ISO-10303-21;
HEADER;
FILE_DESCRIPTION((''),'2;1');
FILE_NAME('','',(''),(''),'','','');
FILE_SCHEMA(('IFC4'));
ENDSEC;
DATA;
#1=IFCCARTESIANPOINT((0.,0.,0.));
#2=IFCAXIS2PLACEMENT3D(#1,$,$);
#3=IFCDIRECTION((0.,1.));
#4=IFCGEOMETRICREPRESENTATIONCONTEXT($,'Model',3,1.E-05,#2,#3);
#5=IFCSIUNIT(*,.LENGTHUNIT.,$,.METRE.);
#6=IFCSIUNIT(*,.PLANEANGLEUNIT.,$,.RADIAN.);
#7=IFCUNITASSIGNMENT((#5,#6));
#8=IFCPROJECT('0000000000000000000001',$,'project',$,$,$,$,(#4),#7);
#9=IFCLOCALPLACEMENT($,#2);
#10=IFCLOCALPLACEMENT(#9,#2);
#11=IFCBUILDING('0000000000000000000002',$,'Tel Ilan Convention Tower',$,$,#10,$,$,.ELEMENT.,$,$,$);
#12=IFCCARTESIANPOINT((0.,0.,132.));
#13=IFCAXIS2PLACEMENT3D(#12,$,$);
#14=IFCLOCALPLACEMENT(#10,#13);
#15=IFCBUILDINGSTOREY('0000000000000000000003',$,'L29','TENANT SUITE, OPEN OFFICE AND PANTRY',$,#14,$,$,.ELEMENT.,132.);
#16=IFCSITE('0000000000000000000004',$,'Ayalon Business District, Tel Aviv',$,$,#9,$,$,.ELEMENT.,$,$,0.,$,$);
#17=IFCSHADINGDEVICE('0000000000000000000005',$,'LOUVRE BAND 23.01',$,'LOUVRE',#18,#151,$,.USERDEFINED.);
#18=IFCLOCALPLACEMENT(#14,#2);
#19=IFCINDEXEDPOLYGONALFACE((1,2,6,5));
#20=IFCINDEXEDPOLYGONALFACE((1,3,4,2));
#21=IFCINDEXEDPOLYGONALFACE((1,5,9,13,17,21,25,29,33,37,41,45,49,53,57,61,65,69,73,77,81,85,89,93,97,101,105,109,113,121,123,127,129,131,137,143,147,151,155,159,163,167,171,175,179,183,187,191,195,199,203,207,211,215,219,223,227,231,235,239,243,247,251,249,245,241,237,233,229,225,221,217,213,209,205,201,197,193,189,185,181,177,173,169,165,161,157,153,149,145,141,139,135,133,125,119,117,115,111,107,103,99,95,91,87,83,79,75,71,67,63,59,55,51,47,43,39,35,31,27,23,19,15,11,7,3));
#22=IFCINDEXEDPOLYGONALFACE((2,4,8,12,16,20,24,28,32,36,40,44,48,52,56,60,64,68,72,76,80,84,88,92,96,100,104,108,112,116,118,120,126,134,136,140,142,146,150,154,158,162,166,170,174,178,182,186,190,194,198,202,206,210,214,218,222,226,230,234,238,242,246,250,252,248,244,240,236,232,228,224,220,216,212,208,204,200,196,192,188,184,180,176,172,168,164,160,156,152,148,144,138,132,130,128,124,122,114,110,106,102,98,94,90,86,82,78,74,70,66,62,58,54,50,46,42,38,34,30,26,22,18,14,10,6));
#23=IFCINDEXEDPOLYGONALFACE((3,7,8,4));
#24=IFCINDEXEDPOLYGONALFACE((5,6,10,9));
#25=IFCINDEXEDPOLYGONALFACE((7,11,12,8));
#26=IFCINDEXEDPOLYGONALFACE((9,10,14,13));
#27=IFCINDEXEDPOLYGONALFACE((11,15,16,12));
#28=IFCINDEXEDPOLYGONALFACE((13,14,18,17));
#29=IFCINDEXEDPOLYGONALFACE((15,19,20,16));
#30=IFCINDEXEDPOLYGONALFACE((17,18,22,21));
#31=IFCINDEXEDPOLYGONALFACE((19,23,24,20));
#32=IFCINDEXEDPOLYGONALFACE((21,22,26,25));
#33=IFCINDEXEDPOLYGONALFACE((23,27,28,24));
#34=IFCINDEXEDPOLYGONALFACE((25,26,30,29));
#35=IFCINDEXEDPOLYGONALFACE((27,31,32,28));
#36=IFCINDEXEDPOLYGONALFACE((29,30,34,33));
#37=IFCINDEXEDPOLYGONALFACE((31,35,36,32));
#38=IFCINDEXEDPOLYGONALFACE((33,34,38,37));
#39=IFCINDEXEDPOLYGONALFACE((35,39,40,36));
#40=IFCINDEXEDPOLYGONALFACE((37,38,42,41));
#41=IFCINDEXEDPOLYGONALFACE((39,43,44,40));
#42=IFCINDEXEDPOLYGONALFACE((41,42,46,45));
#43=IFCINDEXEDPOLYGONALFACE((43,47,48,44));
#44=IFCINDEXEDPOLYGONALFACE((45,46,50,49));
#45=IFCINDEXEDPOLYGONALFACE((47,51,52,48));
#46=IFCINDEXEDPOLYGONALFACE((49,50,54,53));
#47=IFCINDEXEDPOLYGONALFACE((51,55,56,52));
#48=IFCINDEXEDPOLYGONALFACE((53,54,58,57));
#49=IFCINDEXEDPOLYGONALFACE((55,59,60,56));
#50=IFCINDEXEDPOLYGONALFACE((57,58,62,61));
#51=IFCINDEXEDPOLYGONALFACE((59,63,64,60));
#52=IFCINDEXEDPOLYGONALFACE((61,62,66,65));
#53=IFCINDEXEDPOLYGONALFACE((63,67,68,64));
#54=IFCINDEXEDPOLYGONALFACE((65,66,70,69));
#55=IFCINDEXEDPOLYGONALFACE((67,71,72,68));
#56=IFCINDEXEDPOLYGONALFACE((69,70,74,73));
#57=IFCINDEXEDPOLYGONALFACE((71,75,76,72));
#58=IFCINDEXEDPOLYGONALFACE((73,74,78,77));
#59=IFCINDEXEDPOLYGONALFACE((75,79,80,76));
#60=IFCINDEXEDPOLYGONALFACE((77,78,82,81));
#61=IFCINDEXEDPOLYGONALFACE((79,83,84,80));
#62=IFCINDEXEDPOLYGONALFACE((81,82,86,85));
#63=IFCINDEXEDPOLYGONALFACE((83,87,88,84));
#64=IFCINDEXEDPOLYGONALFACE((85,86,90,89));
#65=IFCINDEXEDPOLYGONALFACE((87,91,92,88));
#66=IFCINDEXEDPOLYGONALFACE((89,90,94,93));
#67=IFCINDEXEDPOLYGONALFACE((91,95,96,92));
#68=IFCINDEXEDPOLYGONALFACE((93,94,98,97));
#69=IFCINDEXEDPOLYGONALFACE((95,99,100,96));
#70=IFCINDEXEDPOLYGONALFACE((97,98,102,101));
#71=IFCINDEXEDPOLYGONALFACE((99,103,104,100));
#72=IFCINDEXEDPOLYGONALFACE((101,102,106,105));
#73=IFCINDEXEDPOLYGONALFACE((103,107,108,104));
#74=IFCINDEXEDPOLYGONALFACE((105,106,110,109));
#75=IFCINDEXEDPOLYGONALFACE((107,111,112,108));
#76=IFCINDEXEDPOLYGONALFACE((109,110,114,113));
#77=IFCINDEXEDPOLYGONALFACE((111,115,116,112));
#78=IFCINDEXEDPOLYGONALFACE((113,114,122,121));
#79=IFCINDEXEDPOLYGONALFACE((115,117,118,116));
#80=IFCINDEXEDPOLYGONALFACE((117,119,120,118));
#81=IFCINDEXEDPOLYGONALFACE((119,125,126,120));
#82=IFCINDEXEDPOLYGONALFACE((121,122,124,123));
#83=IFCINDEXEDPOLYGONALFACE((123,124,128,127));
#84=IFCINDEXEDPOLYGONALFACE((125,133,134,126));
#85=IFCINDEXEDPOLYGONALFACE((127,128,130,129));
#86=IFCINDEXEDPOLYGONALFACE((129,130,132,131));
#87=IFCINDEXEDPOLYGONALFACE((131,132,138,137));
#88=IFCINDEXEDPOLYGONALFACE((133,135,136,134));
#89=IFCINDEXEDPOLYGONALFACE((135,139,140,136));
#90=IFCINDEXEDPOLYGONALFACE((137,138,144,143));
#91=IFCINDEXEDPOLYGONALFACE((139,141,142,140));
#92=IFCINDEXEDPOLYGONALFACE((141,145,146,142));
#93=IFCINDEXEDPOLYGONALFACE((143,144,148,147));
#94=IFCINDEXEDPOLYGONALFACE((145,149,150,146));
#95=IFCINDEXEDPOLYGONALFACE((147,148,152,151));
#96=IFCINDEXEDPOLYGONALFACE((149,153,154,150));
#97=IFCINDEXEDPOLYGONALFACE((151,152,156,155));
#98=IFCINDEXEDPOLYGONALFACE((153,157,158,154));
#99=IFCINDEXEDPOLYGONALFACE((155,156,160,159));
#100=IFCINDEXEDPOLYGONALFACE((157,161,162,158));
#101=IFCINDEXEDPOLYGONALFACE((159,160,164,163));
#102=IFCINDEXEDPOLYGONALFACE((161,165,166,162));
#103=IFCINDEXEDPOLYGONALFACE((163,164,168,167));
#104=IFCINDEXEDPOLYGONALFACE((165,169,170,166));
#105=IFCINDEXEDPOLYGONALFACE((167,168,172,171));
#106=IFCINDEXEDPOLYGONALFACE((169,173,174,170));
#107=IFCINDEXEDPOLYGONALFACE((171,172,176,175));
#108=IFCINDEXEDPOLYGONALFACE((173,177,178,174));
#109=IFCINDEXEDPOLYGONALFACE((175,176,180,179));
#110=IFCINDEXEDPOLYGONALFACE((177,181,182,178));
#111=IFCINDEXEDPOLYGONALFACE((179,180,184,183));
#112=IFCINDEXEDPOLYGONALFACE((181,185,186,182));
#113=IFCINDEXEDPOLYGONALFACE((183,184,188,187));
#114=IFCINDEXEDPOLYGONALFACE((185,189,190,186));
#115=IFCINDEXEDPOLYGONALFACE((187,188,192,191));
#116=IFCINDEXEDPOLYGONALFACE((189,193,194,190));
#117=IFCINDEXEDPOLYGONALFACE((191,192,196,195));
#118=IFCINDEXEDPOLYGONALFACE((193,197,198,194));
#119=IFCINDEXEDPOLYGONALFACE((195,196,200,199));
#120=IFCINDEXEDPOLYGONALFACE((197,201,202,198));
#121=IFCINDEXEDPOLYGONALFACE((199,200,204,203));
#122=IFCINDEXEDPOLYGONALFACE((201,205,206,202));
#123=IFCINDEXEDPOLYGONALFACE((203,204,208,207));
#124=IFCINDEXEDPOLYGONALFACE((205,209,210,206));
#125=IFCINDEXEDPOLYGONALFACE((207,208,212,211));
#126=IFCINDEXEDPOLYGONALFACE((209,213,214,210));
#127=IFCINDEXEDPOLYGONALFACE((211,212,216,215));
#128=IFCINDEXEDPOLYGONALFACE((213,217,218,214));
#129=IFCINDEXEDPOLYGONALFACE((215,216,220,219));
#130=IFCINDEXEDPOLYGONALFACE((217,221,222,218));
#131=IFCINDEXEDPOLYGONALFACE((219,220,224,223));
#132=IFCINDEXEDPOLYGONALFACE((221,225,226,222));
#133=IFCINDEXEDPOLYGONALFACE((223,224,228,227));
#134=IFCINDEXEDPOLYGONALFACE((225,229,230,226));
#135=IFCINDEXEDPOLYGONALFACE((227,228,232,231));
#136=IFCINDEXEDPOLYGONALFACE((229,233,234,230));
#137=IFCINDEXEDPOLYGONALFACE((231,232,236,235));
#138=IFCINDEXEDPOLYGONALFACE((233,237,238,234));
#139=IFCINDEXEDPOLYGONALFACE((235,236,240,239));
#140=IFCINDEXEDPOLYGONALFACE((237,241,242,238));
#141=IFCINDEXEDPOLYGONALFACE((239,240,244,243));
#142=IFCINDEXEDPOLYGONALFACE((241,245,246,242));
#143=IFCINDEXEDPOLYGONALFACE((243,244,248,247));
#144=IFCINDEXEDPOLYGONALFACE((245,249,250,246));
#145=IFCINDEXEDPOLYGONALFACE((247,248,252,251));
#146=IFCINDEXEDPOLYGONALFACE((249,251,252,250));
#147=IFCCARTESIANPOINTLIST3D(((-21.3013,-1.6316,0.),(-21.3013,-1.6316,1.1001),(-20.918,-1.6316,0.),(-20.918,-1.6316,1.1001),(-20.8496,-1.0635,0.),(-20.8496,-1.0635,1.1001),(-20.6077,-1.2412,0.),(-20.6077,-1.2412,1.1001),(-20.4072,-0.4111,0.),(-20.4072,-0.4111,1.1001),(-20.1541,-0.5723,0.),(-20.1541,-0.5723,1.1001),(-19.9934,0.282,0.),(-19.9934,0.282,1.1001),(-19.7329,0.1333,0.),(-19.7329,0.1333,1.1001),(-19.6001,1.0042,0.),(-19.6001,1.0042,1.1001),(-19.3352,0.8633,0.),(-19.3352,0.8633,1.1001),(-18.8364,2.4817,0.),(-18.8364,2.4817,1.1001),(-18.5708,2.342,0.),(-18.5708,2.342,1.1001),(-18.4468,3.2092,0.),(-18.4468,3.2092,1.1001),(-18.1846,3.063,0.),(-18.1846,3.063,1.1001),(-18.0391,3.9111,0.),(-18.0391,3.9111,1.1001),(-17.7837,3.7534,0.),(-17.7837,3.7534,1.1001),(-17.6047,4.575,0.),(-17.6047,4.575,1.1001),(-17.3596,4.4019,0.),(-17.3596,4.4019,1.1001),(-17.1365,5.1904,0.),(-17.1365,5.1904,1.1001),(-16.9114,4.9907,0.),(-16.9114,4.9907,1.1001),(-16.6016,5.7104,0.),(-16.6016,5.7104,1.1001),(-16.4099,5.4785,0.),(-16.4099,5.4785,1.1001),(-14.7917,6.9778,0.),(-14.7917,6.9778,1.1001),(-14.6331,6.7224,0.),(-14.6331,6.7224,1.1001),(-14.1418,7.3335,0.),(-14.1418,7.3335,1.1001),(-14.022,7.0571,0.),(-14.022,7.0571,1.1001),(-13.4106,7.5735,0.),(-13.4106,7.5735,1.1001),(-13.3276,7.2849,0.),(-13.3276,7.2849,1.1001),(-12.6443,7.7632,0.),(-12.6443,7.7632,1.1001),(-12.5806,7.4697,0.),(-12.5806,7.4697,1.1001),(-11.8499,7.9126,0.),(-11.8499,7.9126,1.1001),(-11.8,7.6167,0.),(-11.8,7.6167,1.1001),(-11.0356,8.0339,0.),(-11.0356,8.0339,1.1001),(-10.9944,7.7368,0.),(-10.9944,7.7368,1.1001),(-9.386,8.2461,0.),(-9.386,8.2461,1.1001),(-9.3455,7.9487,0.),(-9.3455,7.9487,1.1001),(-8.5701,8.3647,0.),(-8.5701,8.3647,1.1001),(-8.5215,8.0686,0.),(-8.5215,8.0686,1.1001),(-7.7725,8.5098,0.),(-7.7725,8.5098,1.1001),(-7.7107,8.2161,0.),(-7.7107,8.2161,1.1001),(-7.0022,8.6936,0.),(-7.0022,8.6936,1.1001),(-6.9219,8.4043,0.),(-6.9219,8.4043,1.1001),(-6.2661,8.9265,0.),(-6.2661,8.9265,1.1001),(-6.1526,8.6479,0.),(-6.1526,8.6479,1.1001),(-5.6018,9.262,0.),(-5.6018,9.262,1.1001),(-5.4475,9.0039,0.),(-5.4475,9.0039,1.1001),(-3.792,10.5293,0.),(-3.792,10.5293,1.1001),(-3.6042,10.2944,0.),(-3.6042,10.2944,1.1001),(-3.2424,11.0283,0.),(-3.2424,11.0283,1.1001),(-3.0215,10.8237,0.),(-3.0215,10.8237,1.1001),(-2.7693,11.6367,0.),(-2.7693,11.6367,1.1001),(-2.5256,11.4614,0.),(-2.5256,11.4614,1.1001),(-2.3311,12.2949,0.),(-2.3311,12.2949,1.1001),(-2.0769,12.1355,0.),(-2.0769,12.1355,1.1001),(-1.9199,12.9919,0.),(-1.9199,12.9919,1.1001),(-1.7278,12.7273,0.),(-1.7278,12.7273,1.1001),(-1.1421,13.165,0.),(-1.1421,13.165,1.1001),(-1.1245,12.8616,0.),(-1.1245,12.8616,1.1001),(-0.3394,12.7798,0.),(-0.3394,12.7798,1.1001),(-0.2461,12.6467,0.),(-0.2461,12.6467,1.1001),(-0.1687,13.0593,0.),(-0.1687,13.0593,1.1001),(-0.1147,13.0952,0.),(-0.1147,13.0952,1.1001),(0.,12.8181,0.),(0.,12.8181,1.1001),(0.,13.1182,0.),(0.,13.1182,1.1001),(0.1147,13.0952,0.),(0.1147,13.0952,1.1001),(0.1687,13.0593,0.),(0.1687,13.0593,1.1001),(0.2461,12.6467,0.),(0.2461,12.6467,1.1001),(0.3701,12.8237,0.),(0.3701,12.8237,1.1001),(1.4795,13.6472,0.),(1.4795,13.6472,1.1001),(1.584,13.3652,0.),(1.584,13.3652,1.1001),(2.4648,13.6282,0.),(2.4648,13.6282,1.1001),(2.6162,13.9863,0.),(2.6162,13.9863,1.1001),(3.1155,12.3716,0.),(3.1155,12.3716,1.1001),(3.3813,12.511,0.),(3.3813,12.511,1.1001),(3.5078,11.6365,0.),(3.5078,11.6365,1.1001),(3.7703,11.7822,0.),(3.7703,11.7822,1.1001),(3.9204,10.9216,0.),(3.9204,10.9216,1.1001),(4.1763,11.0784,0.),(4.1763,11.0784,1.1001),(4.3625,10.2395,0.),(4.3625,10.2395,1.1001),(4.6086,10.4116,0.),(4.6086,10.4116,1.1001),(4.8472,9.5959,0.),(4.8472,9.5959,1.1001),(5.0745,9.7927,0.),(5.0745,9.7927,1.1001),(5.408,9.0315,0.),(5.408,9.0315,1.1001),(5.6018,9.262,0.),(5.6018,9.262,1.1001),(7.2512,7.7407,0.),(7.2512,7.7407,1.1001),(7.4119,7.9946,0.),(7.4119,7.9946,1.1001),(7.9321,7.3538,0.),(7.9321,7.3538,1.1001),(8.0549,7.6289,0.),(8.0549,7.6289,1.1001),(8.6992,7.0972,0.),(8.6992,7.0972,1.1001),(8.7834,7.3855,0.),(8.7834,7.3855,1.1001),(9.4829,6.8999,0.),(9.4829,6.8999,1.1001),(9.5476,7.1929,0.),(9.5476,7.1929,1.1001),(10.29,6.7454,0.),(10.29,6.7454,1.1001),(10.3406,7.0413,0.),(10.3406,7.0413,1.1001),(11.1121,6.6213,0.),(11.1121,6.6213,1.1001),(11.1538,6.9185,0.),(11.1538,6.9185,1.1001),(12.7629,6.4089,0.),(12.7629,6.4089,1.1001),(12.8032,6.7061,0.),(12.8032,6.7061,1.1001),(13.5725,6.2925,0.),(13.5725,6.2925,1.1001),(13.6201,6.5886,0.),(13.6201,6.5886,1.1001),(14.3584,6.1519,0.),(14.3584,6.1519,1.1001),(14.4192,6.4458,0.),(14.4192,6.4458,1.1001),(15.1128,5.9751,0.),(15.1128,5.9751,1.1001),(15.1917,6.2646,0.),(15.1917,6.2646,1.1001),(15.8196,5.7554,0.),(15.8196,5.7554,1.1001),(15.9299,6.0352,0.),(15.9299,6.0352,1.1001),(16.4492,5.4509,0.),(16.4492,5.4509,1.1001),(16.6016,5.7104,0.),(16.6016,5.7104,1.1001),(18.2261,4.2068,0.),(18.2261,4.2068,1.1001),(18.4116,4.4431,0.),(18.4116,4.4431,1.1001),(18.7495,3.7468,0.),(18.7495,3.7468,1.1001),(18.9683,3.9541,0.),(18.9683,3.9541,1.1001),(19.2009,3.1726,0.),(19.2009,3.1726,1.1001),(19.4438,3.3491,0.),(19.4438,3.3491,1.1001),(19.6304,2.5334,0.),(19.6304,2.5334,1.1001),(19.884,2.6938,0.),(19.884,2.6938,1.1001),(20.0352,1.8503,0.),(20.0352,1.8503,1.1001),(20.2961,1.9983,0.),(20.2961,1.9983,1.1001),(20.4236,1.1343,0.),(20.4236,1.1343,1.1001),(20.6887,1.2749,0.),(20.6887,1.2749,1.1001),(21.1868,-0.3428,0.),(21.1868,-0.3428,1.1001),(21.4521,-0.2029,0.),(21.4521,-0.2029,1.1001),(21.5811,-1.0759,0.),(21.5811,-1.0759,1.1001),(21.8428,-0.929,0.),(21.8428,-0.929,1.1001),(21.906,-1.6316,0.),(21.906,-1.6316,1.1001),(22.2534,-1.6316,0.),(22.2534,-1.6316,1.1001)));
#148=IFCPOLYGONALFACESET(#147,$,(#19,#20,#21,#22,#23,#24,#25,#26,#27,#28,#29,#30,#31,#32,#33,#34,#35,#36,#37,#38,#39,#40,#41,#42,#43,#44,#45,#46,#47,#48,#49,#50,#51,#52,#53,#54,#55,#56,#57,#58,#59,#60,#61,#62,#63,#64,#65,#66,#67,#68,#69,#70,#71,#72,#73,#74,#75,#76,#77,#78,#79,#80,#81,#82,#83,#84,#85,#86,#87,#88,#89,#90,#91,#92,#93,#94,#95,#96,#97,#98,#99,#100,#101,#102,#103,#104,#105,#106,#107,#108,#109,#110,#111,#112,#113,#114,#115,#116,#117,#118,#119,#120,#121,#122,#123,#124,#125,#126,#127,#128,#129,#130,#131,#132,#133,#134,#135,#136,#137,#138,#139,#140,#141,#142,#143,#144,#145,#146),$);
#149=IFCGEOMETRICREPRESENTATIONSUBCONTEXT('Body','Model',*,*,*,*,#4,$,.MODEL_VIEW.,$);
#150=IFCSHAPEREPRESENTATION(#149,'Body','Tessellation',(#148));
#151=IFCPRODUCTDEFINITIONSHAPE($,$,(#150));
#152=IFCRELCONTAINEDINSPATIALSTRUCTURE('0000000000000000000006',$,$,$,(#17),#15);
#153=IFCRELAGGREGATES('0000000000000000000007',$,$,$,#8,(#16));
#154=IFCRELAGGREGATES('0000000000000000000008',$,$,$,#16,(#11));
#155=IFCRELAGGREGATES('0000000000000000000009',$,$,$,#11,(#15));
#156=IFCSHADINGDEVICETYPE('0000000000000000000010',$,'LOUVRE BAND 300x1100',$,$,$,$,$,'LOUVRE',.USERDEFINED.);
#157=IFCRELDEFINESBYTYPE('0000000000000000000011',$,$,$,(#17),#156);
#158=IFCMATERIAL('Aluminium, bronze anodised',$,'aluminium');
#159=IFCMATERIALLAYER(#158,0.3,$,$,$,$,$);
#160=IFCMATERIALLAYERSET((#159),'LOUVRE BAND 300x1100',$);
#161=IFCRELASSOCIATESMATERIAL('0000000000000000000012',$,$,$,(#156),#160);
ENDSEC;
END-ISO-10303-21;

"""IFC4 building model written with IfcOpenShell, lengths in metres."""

from ifc_helpers import new_model, si_unit, direction, frame, origin, place, context, subcontext, project, spatial, polyline, outline, extrude, material, layer, layer_set, type_object, element, save


model = new_model("IFC4")

# Units and contexts
model_context = context("Model", 3, precision=1e-05, world=origin(), true_north=direction((0.0, 1.0)))
body_context = subcontext(model_context, "Body", "Model", "MODEL_VIEW")
ifc_project = project(units=[si_unit("LENGTHUNIT", "METRE"), si_unit("PLANEANGLEUNIT", "RADIAN")], contexts=[model_context])

# Site, building, storey
site_placement = place(None, origin())
site = spatial("IfcSite", under=ifc_project, at=site_placement, Name="Ayalon Business District, Tel Aviv", CompositionType="ELEMENT", RefElevation=0.0)
building_placement = place(site_placement, origin())
building = spatial("IfcBuilding", under=site, at=building_placement, Name="Tel Ilan Convention Tower", CompositionType="ELEMENT")
storey_placement = place(building_placement, frame((0.0, 0.0, 132.0)))
storey = spatial("IfcBuildingStorey", under=building, at=storey_placement, Name="L29", Description="TENANT SUITE, OPEN OFFICE AND PANTRY", CompositionType="ELEMENT", Elevation=132.0)

# Shading device
ifc_material_1 = material(Name="Aluminium, bronze anodised", Category="aluminium")
ifc_layer_1 = layer(ifc_material_1, 0.3)
ifc_layer_set_1 = layer_set([ifc_layer_1], Name="LOUVRE BAND 300x1100")
shading_device_type_1 = type_object("IfcShadingDeviceType", Name="LOUVRE BAND 300x1100", ElementType="LOUVRE", PredefinedType="USERDEFINED", material=ifc_layer_set_1)
shading_device_1_placement = place(storey_placement, origin())
element("IfcShadingDevice", 1, at=shading_device_1_placement, inside=storey, type_object=shading_device_type_1, Name="LOUVRE BAND 23.01", ObjectType="LOUVRE", PredefinedType="USERDEFINED", context=body_context, shape_type="SweptSolid", body=[
    extrude(outline(polyline([(-20.8496, -1.0635), (-21.3013, -1.6316), (-20.918, -1.6316), (-20.6077, -1.2412), (-20.1541, -0.5723), (-19.7329, 0.1333), (-19.3352, 0.8633), (-18.5708, 2.342), (-18.1846, 3.063), (-17.7837, 3.7534), (-17.3596, 4.4019), (-16.9114, 4.9907), (-16.4099, 5.4785), (-14.6331, 6.7224), (-14.022, 7.0571), (-13.3276, 7.2849), (-12.5806, 7.4697), (-11.8, 7.6167), (-10.9944, 7.7368), (-9.3455, 7.9487), (-8.5215, 8.0686), (-7.7107, 8.2161), (-6.9219, 8.4043), (-6.1526, 8.6479), (-5.4475, 9.0039), (-3.6042, 10.2944), (-3.0215, 10.8237), (-2.5256, 11.4614), (-2.0769, 12.1355), (-1.7278, 12.7273), (-1.1245, 12.8616), (-0.3394, 12.7798), (-0.2461, 12.6467), (0.0, 12.8181), (0.2461, 12.6467), (0.3701, 12.8237), (1.584, 13.3652), (2.4648, 13.6282), (3.1155, 12.3716), (3.5078, 11.6365), (3.9204, 10.9216), (4.3625, 10.2395), (4.8472, 9.5959), (5.408, 9.0315), (7.2512, 7.7407), (7.9321, 7.3538), (8.6992, 7.0972), (9.4829, 6.8999), (10.29, 6.7454), (11.1121, 6.6213), (12.7629, 6.4089), (13.5725, 6.2925), (14.3584, 6.1519), (15.1128, 5.9751), (15.8196, 5.7554), (16.4492, 5.4509), (18.2261, 4.2068), (18.7495, 3.7468), (19.2009, 3.1726), (19.6304, 2.5334), (20.0352, 1.8503), (20.4236, 1.1343), (21.1868, -0.3428), (21.5811, -1.0759), (21.906, -1.6316), (22.2534, -1.6316), (21.8428, -0.929), (21.4521, -0.2029), (20.6887, 1.2749), (20.2961, 1.9983), (19.884, 2.6938), (19.4438, 3.3491), (18.9683, 3.9541), (18.4116, 4.4431), (16.6016, 5.7104), (15.9299, 6.0352), (15.1917, 6.2646), (14.4192, 6.4458), (13.6201, 6.5886), (12.8032, 6.7061), (11.1538, 6.9185), (10.3406, 7.0413), (9.5476, 7.1929), (8.7834, 7.3855), (8.0549, 7.6289), (7.4119, 7.9946), (5.6018, 9.262), (5.0745, 9.7927), (4.6086, 10.4116), (4.1763, 11.0784), (3.7703, 11.7822), (3.3813, 12.511), (2.6162, 13.9863), (1.4795, 13.6472), (0.1687, 13.0593), (0.1147, 13.0952), (0.0, 13.1182), (-0.1147, 13.0952), (-0.1687, 13.0593), (-1.1421, 13.165), (-1.9199, 12.9919), (-2.3311, 12.2949), (-2.7693, 11.6367), (-3.2424, 11.0283), (-3.792, 10.5293), (-5.6018, 9.262), (-6.2661, 8.9265), (-7.0022, 8.6936), (-7.7725, 8.5098), (-8.5701, 8.3647), (-9.386, 8.2461), (-11.0356, 8.0339), (-11.8499, 7.9126), (-12.6443, 7.7632), (-13.4106, 7.5735), (-14.1418, 7.3335), (-14.7917, 6.9778), (-16.6016, 5.7104), (-17.1365, 5.1904), (-17.6047, 4.575), (-18.0391, 3.9111), (-18.4468, 3.2092), (-18.8364, 2.4817), (-19.6001, 1.0042), (-19.9934, 0.282), (-20.4072, -0.4111), (-20.8496, -1.0635)])), origin(), (0.0, 0.0, 1.0), 1.1001),
])

save(model, "model.ifc")
